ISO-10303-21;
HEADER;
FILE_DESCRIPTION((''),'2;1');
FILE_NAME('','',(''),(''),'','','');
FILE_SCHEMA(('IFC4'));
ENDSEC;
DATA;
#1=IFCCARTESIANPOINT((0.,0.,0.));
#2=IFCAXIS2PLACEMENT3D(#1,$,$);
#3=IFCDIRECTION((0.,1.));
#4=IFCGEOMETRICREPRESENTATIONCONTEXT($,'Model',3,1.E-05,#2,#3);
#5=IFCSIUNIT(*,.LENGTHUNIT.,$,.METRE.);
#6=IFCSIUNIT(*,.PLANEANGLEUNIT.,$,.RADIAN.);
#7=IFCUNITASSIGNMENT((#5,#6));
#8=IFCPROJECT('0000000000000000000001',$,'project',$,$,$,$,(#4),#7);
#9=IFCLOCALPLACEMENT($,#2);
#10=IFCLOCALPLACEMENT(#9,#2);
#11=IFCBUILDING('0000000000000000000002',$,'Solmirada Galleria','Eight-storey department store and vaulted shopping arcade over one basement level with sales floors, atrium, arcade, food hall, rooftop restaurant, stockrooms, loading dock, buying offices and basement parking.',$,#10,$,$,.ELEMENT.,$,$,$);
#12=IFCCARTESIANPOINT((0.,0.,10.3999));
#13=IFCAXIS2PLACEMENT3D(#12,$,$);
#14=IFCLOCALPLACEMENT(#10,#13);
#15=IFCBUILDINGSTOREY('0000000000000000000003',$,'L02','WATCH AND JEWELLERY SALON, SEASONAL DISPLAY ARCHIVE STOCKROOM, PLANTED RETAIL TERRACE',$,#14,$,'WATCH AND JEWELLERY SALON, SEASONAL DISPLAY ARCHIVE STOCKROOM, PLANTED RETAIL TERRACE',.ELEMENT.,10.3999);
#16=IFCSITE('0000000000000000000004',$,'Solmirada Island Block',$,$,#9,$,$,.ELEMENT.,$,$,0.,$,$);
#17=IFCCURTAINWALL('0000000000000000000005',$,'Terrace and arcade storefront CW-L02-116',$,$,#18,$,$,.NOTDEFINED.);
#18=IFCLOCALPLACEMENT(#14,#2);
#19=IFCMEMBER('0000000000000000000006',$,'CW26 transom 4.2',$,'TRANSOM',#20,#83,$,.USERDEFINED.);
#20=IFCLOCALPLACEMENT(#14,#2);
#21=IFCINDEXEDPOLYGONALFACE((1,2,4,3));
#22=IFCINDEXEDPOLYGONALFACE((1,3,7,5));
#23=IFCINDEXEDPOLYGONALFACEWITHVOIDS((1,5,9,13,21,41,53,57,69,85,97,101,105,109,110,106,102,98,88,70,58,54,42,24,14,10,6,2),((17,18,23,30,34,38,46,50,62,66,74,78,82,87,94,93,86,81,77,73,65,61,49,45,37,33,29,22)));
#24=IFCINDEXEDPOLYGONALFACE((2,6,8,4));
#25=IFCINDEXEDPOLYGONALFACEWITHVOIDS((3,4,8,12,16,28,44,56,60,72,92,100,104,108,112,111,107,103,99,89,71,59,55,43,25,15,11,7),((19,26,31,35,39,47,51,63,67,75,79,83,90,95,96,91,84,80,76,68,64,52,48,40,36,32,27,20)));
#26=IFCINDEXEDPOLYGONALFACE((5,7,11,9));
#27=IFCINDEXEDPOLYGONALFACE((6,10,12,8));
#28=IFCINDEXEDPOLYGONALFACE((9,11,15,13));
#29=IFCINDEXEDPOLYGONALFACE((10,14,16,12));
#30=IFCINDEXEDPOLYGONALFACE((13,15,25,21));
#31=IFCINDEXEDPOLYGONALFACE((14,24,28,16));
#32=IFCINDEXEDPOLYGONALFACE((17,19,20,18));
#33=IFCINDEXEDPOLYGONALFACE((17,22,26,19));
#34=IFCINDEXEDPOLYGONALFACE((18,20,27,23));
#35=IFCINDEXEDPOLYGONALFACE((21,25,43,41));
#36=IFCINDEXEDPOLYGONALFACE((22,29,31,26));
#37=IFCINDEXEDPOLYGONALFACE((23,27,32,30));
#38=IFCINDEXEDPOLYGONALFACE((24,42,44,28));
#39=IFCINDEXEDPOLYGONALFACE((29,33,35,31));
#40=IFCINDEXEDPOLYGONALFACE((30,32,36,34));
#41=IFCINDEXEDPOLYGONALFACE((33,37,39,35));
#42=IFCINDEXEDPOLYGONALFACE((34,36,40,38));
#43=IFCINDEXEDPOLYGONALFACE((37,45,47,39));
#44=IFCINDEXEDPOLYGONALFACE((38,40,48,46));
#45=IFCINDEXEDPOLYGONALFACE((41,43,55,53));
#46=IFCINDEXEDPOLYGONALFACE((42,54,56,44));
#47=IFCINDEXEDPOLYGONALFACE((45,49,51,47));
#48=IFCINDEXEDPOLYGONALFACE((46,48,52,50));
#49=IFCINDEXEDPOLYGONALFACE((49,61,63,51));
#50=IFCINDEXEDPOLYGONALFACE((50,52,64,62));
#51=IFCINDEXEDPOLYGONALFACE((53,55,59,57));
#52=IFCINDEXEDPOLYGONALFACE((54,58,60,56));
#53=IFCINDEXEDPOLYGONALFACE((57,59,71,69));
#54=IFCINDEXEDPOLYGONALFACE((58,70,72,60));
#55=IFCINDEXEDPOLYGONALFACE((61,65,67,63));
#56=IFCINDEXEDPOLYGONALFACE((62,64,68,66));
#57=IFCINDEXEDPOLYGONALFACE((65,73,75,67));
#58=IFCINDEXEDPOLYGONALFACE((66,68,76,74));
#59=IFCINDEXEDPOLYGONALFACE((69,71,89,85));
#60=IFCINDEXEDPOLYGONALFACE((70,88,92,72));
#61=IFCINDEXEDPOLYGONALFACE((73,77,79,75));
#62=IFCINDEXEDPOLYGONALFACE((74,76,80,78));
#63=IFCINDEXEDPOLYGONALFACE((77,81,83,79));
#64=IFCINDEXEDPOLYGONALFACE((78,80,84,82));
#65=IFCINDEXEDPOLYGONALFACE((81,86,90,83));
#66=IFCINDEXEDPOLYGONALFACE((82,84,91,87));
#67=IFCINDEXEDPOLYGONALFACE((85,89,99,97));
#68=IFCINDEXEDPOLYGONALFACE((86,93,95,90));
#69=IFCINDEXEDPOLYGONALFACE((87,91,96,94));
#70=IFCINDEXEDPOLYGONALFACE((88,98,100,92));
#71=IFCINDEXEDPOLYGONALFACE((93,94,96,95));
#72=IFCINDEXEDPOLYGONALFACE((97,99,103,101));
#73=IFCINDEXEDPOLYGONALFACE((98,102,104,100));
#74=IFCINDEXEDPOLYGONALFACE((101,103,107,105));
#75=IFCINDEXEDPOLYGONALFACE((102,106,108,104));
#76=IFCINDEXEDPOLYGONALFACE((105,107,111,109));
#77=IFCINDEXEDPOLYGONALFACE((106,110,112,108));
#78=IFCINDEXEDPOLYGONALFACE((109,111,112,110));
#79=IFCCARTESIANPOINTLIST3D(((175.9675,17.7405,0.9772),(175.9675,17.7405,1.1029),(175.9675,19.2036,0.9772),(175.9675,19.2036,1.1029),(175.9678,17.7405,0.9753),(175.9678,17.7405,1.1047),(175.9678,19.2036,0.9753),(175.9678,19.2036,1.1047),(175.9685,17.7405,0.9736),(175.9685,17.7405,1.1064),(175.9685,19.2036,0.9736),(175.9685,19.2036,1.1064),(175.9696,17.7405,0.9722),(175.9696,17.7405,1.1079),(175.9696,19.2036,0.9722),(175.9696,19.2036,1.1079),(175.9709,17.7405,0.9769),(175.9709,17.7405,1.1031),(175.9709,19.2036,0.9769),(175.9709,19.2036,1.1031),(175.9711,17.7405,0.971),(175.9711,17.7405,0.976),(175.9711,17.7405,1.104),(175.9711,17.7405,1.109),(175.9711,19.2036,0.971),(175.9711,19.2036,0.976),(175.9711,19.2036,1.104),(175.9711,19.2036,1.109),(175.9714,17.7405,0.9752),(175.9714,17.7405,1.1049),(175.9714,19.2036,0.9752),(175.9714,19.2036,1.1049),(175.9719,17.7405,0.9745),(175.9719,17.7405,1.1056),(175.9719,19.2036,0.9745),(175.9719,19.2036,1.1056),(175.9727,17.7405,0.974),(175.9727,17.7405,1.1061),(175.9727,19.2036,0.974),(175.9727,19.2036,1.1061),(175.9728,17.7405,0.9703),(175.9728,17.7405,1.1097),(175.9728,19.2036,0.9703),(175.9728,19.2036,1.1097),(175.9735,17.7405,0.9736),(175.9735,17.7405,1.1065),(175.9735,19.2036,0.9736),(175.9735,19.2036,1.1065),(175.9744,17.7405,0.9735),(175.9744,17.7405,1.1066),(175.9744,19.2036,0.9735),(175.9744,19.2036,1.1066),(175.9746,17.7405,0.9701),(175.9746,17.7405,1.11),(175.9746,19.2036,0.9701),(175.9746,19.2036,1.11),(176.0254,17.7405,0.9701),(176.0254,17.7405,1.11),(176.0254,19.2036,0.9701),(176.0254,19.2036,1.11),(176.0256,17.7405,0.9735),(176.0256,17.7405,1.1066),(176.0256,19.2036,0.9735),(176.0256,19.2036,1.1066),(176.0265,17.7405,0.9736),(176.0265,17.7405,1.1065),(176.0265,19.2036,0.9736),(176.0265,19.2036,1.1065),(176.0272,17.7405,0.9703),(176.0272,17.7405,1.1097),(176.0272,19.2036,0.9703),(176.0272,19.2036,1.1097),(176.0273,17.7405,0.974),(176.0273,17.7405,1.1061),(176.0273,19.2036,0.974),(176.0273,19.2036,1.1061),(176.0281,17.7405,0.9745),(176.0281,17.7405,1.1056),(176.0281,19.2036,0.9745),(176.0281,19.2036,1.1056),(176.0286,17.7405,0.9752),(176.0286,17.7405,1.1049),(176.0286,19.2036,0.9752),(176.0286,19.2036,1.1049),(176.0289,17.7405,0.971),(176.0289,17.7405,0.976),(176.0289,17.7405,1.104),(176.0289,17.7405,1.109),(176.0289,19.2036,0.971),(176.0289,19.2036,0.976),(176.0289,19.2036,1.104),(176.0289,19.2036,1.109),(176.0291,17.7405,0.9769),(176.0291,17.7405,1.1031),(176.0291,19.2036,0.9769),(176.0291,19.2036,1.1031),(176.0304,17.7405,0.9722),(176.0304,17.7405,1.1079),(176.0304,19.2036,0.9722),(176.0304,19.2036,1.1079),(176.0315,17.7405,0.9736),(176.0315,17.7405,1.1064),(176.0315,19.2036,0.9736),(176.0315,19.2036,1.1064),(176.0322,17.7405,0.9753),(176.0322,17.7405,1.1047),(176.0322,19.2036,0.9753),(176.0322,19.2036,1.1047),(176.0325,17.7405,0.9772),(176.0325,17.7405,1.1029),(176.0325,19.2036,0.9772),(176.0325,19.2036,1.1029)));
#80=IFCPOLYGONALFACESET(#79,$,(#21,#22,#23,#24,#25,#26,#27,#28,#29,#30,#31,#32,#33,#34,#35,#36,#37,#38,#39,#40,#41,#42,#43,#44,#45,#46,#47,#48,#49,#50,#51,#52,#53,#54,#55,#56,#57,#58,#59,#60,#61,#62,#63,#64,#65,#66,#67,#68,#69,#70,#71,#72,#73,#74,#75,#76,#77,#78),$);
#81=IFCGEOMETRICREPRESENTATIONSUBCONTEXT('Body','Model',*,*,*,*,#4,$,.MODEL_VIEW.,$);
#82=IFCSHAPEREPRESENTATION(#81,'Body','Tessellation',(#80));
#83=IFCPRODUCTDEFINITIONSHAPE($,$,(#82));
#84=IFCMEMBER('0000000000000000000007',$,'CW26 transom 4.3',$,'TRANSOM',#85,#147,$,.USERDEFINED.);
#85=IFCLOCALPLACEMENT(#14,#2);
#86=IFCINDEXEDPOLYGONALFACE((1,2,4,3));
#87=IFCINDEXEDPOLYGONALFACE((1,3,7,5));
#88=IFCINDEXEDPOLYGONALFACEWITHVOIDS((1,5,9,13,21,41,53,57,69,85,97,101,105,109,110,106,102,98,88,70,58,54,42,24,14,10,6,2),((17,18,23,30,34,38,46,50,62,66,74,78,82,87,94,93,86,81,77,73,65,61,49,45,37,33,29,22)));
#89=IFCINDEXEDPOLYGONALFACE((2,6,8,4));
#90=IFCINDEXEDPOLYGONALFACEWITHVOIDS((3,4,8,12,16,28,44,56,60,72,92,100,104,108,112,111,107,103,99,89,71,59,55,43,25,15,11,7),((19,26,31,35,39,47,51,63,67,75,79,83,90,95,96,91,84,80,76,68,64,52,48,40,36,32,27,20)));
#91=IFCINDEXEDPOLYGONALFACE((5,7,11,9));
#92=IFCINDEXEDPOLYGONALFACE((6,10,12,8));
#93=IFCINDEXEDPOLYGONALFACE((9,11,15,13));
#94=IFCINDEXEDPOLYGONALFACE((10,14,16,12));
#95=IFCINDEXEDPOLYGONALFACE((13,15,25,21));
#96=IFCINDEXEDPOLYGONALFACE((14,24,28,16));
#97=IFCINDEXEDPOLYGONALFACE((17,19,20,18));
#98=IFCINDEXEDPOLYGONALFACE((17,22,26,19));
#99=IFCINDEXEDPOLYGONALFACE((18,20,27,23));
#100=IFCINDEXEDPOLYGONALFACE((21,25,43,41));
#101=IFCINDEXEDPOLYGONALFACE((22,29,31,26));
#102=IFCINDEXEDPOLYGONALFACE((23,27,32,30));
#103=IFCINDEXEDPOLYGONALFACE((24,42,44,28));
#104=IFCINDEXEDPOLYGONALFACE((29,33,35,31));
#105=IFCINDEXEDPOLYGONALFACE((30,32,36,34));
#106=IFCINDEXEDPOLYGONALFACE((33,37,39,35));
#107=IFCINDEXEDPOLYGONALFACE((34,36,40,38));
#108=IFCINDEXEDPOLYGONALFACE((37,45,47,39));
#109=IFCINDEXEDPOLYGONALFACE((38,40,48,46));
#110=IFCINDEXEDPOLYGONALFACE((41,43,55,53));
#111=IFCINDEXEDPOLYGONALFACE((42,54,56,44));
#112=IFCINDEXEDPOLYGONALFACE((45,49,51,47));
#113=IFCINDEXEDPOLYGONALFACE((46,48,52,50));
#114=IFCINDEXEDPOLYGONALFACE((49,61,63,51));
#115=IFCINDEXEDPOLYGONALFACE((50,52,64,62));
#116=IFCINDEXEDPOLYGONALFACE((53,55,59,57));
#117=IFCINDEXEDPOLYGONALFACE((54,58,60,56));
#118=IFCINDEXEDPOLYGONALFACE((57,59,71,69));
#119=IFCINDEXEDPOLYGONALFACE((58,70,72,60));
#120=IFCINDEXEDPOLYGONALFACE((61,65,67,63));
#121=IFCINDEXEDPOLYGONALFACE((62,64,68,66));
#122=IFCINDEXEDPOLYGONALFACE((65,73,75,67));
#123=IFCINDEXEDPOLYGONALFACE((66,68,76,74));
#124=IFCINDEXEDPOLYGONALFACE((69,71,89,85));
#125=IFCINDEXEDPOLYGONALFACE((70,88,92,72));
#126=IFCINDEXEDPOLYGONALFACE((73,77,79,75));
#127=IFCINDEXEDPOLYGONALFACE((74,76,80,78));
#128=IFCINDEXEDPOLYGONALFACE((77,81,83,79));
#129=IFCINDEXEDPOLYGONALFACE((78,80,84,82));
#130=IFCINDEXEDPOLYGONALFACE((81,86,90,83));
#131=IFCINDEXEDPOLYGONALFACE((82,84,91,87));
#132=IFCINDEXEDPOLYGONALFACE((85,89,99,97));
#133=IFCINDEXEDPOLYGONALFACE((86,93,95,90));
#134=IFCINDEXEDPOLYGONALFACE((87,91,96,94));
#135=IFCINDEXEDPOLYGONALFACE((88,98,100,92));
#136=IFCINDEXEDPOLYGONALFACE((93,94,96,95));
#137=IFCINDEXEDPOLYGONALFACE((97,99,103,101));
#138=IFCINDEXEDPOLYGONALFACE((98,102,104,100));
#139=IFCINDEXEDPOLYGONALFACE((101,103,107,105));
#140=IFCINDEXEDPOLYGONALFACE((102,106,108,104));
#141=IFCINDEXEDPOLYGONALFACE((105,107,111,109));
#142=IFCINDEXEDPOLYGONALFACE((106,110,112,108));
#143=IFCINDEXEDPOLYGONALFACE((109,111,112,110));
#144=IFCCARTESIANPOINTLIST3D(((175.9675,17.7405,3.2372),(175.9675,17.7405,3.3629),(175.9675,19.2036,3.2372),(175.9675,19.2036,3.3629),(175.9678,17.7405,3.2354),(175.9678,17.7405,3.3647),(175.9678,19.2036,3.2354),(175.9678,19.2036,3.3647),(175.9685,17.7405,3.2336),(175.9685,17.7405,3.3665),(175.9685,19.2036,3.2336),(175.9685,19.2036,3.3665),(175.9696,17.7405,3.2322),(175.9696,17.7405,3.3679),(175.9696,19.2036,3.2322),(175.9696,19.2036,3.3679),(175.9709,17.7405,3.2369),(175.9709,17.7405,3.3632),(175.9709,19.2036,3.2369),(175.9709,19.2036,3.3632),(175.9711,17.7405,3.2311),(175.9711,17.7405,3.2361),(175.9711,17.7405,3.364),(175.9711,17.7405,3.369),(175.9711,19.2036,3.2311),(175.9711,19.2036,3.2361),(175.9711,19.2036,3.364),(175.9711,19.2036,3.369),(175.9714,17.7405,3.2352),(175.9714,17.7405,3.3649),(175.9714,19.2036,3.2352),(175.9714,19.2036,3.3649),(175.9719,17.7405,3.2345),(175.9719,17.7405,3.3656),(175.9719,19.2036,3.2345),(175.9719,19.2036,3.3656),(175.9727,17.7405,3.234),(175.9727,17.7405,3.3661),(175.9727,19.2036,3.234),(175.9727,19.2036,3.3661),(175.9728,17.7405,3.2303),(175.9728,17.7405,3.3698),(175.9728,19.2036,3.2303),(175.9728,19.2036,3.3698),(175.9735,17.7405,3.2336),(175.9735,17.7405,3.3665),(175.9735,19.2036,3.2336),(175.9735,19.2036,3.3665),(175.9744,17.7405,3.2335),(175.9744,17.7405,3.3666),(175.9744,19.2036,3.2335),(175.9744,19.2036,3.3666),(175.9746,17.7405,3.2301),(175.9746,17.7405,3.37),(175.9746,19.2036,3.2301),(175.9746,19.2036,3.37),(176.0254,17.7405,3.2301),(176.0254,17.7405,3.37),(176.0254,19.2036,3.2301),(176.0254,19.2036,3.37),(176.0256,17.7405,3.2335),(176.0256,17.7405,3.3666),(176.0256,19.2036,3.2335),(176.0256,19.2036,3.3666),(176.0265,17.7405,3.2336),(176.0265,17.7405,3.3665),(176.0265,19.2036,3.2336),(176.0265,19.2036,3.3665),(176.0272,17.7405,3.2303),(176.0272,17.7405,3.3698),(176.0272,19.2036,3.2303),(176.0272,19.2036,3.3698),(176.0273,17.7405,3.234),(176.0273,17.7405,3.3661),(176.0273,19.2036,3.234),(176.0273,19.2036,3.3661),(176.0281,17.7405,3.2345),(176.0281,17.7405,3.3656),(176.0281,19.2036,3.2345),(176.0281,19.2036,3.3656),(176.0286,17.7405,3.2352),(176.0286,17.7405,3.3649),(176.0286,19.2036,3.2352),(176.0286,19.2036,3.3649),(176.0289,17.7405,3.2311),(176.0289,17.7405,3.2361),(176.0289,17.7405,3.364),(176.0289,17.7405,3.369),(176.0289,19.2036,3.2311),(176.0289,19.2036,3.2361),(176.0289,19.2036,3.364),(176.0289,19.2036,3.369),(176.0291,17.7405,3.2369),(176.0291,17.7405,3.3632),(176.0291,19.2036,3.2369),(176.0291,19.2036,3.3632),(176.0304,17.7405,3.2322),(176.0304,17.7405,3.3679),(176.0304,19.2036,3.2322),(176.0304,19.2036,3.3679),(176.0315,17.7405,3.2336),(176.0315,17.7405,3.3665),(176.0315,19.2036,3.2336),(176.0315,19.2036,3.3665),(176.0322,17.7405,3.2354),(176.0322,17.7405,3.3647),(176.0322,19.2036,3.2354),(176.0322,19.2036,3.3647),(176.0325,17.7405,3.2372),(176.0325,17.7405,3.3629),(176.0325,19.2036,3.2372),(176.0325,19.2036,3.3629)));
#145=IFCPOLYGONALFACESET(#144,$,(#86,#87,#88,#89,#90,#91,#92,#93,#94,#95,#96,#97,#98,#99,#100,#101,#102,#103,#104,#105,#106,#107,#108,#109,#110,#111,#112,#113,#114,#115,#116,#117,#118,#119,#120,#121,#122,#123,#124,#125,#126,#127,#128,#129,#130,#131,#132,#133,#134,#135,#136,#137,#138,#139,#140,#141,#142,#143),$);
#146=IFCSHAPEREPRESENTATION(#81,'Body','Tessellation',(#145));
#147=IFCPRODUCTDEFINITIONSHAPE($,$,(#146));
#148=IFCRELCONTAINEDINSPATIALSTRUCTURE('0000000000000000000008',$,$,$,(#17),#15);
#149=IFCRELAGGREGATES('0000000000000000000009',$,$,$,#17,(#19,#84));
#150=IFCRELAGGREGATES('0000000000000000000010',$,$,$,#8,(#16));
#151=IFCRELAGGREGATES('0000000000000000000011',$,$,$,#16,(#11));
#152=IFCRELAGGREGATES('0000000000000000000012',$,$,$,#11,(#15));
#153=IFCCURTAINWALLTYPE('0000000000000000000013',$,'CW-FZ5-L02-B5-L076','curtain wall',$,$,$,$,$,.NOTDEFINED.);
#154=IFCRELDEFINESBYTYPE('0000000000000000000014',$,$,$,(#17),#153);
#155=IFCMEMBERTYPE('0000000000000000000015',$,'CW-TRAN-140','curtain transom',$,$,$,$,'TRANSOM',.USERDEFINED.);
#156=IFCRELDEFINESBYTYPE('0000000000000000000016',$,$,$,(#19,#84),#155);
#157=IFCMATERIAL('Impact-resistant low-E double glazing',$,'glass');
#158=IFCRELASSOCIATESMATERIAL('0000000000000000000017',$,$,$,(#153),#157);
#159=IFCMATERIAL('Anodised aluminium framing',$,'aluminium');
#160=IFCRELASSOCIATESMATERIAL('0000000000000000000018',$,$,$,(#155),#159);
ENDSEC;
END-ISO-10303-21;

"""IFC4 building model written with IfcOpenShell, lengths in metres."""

from ifc_helpers import new_model, si_unit, direction, frame, origin, origin_2d, place, context, subcontext, project, spatial, hollow_rectangle, extrude, material, material_profile, profile_set, type_object, element, aggregate, save


model = new_model("IFC4")

# Units and contexts
model_context = context("Model", 3, precision=1e-05, world=origin(), true_north=direction((0.0, 1.0)))
body_context = subcontext(model_context, "Body", "Model", "MODEL_VIEW")
ifc_project = project(units=[si_unit("LENGTHUNIT", "METRE"), si_unit("PLANEANGLEUNIT", "RADIAN")], contexts=[model_context])

# Site, building, storey
site_placement = place(None, origin())
site = spatial("IfcSite", under=ifc_project, at=site_placement, Name="Solmirada Island Block", CompositionType="ELEMENT", RefElevation=0.0)
building_placement = place(site_placement, origin())
building = spatial("IfcBuilding", under=site, at=building_placement, Name="Solmirada Galleria", Description="Eight-storey department store and vaulted shopping arcade over one basement level with sales floors, atrium, arcade, food hall, rooftop restaurant, stockrooms, loading dock, buying offices and basement parking.", CompositionType="ELEMENT")
storey_placement = place(building_placement, frame((0.0, 0.0, 10.3999)))
storey = spatial("IfcBuildingStorey", under=building, at=storey_placement, Name="L02", Description="WATCH AND JEWELLERY SALON, SEASONAL DISPLAY ARCHIVE STOCKROOM, PLANTED RETAIL TERRACE", LongName="WATCH AND JEWELLERY SALON, SEASONAL DISPLAY ARCHIVE STOCKROOM, PLANTED RETAIL TERRACE", CompositionType="ELEMENT", Elevation=10.3999)

# Curtain wall, members
ifc_material_1 = material(Name="Impact-resistant low-E double glazing", Category="glass")
curtain_wall_type = type_object("IfcCurtainWallType", Name="CW-FZ5-L02-B5-L076", Description="curtain wall", PredefinedType="NOTDEFINED", material=ifc_material_1)
curtain_wall_placement = place(storey_placement, origin())
curtain_wall = element("IfcCurtainWall", 1, at=curtain_wall_placement, inside=storey, type_object=curtain_wall_type, Name="Terrace and arcade storefront CW-L02-116", PredefinedType="NOTDEFINED")
ifc_material_2 = material(Name="Anodised aluminium framing", Category="aluminium")
ifc_material_profile_1 = material_profile(ifc_material_2, hollow_rectangle(XDim=0.0649, YDim=0.1399, WallThickness=0.0034, InnerFilletRadius=0.0034, OuterFilletRadius=0.0071, at=origin_2d()), Name="ALU-TRAN-140X65")
ifc_profile_set_1 = profile_set([ifc_material_profile_1], Name="Anodised aluminium framing")
member_type_1 = type_object("IfcMemberType", Name="CW-TRAN-140", Description="curtain transom", ElementType="TRANSOM", PredefinedType="USERDEFINED", material=ifc_profile_set_1)
member_1_placement = place(storey_placement, frame((176.0, 19.2036, 1.04), z_axis=(0.0, -1.0, 0.0), x_axis=(1.0, 0.0, 0.0)))
member_1 = element("IfcMember", 2, at=member_1_placement, type_object=member_type_1, Name="CW26 transom 4.2", ObjectType="TRANSOM", PredefinedType="USERDEFINED", context=body_context, shape_type="SweptSolid", body=[
    extrude(hollow_rectangle(XDim=0.0649, YDim=0.1399, WallThickness=0.0034, InnerFilletRadius=0.0034, OuterFilletRadius=0.0071, at=origin_2d()), origin(), (0.0, 0.0, 1.0), 1.4631),
])
member_2_placement = place(storey_placement, frame((176.0, 19.2036, 3.3), z_axis=(0.0, -1.0, 0.0), x_axis=(1.0, 0.0, 0.0)))
member_2 = element("IfcMember", 3, at=member_2_placement, type_object=member_type_1, Name="CW26 transom 4.3", ObjectType="TRANSOM", PredefinedType="USERDEFINED", context=body_context, shape_type="SweptSolid", body=[
    extrude(hollow_rectangle(XDim=0.0649, YDim=0.1399, WallThickness=0.0034, InnerFilletRadius=0.0034, OuterFilletRadius=0.0071, at=origin_2d()), origin(), (0.0, 0.0, 1.0), 1.4631),
])
aggregate(curtain_wall, [member_1, member_2])

save(model, "model.ifc")
